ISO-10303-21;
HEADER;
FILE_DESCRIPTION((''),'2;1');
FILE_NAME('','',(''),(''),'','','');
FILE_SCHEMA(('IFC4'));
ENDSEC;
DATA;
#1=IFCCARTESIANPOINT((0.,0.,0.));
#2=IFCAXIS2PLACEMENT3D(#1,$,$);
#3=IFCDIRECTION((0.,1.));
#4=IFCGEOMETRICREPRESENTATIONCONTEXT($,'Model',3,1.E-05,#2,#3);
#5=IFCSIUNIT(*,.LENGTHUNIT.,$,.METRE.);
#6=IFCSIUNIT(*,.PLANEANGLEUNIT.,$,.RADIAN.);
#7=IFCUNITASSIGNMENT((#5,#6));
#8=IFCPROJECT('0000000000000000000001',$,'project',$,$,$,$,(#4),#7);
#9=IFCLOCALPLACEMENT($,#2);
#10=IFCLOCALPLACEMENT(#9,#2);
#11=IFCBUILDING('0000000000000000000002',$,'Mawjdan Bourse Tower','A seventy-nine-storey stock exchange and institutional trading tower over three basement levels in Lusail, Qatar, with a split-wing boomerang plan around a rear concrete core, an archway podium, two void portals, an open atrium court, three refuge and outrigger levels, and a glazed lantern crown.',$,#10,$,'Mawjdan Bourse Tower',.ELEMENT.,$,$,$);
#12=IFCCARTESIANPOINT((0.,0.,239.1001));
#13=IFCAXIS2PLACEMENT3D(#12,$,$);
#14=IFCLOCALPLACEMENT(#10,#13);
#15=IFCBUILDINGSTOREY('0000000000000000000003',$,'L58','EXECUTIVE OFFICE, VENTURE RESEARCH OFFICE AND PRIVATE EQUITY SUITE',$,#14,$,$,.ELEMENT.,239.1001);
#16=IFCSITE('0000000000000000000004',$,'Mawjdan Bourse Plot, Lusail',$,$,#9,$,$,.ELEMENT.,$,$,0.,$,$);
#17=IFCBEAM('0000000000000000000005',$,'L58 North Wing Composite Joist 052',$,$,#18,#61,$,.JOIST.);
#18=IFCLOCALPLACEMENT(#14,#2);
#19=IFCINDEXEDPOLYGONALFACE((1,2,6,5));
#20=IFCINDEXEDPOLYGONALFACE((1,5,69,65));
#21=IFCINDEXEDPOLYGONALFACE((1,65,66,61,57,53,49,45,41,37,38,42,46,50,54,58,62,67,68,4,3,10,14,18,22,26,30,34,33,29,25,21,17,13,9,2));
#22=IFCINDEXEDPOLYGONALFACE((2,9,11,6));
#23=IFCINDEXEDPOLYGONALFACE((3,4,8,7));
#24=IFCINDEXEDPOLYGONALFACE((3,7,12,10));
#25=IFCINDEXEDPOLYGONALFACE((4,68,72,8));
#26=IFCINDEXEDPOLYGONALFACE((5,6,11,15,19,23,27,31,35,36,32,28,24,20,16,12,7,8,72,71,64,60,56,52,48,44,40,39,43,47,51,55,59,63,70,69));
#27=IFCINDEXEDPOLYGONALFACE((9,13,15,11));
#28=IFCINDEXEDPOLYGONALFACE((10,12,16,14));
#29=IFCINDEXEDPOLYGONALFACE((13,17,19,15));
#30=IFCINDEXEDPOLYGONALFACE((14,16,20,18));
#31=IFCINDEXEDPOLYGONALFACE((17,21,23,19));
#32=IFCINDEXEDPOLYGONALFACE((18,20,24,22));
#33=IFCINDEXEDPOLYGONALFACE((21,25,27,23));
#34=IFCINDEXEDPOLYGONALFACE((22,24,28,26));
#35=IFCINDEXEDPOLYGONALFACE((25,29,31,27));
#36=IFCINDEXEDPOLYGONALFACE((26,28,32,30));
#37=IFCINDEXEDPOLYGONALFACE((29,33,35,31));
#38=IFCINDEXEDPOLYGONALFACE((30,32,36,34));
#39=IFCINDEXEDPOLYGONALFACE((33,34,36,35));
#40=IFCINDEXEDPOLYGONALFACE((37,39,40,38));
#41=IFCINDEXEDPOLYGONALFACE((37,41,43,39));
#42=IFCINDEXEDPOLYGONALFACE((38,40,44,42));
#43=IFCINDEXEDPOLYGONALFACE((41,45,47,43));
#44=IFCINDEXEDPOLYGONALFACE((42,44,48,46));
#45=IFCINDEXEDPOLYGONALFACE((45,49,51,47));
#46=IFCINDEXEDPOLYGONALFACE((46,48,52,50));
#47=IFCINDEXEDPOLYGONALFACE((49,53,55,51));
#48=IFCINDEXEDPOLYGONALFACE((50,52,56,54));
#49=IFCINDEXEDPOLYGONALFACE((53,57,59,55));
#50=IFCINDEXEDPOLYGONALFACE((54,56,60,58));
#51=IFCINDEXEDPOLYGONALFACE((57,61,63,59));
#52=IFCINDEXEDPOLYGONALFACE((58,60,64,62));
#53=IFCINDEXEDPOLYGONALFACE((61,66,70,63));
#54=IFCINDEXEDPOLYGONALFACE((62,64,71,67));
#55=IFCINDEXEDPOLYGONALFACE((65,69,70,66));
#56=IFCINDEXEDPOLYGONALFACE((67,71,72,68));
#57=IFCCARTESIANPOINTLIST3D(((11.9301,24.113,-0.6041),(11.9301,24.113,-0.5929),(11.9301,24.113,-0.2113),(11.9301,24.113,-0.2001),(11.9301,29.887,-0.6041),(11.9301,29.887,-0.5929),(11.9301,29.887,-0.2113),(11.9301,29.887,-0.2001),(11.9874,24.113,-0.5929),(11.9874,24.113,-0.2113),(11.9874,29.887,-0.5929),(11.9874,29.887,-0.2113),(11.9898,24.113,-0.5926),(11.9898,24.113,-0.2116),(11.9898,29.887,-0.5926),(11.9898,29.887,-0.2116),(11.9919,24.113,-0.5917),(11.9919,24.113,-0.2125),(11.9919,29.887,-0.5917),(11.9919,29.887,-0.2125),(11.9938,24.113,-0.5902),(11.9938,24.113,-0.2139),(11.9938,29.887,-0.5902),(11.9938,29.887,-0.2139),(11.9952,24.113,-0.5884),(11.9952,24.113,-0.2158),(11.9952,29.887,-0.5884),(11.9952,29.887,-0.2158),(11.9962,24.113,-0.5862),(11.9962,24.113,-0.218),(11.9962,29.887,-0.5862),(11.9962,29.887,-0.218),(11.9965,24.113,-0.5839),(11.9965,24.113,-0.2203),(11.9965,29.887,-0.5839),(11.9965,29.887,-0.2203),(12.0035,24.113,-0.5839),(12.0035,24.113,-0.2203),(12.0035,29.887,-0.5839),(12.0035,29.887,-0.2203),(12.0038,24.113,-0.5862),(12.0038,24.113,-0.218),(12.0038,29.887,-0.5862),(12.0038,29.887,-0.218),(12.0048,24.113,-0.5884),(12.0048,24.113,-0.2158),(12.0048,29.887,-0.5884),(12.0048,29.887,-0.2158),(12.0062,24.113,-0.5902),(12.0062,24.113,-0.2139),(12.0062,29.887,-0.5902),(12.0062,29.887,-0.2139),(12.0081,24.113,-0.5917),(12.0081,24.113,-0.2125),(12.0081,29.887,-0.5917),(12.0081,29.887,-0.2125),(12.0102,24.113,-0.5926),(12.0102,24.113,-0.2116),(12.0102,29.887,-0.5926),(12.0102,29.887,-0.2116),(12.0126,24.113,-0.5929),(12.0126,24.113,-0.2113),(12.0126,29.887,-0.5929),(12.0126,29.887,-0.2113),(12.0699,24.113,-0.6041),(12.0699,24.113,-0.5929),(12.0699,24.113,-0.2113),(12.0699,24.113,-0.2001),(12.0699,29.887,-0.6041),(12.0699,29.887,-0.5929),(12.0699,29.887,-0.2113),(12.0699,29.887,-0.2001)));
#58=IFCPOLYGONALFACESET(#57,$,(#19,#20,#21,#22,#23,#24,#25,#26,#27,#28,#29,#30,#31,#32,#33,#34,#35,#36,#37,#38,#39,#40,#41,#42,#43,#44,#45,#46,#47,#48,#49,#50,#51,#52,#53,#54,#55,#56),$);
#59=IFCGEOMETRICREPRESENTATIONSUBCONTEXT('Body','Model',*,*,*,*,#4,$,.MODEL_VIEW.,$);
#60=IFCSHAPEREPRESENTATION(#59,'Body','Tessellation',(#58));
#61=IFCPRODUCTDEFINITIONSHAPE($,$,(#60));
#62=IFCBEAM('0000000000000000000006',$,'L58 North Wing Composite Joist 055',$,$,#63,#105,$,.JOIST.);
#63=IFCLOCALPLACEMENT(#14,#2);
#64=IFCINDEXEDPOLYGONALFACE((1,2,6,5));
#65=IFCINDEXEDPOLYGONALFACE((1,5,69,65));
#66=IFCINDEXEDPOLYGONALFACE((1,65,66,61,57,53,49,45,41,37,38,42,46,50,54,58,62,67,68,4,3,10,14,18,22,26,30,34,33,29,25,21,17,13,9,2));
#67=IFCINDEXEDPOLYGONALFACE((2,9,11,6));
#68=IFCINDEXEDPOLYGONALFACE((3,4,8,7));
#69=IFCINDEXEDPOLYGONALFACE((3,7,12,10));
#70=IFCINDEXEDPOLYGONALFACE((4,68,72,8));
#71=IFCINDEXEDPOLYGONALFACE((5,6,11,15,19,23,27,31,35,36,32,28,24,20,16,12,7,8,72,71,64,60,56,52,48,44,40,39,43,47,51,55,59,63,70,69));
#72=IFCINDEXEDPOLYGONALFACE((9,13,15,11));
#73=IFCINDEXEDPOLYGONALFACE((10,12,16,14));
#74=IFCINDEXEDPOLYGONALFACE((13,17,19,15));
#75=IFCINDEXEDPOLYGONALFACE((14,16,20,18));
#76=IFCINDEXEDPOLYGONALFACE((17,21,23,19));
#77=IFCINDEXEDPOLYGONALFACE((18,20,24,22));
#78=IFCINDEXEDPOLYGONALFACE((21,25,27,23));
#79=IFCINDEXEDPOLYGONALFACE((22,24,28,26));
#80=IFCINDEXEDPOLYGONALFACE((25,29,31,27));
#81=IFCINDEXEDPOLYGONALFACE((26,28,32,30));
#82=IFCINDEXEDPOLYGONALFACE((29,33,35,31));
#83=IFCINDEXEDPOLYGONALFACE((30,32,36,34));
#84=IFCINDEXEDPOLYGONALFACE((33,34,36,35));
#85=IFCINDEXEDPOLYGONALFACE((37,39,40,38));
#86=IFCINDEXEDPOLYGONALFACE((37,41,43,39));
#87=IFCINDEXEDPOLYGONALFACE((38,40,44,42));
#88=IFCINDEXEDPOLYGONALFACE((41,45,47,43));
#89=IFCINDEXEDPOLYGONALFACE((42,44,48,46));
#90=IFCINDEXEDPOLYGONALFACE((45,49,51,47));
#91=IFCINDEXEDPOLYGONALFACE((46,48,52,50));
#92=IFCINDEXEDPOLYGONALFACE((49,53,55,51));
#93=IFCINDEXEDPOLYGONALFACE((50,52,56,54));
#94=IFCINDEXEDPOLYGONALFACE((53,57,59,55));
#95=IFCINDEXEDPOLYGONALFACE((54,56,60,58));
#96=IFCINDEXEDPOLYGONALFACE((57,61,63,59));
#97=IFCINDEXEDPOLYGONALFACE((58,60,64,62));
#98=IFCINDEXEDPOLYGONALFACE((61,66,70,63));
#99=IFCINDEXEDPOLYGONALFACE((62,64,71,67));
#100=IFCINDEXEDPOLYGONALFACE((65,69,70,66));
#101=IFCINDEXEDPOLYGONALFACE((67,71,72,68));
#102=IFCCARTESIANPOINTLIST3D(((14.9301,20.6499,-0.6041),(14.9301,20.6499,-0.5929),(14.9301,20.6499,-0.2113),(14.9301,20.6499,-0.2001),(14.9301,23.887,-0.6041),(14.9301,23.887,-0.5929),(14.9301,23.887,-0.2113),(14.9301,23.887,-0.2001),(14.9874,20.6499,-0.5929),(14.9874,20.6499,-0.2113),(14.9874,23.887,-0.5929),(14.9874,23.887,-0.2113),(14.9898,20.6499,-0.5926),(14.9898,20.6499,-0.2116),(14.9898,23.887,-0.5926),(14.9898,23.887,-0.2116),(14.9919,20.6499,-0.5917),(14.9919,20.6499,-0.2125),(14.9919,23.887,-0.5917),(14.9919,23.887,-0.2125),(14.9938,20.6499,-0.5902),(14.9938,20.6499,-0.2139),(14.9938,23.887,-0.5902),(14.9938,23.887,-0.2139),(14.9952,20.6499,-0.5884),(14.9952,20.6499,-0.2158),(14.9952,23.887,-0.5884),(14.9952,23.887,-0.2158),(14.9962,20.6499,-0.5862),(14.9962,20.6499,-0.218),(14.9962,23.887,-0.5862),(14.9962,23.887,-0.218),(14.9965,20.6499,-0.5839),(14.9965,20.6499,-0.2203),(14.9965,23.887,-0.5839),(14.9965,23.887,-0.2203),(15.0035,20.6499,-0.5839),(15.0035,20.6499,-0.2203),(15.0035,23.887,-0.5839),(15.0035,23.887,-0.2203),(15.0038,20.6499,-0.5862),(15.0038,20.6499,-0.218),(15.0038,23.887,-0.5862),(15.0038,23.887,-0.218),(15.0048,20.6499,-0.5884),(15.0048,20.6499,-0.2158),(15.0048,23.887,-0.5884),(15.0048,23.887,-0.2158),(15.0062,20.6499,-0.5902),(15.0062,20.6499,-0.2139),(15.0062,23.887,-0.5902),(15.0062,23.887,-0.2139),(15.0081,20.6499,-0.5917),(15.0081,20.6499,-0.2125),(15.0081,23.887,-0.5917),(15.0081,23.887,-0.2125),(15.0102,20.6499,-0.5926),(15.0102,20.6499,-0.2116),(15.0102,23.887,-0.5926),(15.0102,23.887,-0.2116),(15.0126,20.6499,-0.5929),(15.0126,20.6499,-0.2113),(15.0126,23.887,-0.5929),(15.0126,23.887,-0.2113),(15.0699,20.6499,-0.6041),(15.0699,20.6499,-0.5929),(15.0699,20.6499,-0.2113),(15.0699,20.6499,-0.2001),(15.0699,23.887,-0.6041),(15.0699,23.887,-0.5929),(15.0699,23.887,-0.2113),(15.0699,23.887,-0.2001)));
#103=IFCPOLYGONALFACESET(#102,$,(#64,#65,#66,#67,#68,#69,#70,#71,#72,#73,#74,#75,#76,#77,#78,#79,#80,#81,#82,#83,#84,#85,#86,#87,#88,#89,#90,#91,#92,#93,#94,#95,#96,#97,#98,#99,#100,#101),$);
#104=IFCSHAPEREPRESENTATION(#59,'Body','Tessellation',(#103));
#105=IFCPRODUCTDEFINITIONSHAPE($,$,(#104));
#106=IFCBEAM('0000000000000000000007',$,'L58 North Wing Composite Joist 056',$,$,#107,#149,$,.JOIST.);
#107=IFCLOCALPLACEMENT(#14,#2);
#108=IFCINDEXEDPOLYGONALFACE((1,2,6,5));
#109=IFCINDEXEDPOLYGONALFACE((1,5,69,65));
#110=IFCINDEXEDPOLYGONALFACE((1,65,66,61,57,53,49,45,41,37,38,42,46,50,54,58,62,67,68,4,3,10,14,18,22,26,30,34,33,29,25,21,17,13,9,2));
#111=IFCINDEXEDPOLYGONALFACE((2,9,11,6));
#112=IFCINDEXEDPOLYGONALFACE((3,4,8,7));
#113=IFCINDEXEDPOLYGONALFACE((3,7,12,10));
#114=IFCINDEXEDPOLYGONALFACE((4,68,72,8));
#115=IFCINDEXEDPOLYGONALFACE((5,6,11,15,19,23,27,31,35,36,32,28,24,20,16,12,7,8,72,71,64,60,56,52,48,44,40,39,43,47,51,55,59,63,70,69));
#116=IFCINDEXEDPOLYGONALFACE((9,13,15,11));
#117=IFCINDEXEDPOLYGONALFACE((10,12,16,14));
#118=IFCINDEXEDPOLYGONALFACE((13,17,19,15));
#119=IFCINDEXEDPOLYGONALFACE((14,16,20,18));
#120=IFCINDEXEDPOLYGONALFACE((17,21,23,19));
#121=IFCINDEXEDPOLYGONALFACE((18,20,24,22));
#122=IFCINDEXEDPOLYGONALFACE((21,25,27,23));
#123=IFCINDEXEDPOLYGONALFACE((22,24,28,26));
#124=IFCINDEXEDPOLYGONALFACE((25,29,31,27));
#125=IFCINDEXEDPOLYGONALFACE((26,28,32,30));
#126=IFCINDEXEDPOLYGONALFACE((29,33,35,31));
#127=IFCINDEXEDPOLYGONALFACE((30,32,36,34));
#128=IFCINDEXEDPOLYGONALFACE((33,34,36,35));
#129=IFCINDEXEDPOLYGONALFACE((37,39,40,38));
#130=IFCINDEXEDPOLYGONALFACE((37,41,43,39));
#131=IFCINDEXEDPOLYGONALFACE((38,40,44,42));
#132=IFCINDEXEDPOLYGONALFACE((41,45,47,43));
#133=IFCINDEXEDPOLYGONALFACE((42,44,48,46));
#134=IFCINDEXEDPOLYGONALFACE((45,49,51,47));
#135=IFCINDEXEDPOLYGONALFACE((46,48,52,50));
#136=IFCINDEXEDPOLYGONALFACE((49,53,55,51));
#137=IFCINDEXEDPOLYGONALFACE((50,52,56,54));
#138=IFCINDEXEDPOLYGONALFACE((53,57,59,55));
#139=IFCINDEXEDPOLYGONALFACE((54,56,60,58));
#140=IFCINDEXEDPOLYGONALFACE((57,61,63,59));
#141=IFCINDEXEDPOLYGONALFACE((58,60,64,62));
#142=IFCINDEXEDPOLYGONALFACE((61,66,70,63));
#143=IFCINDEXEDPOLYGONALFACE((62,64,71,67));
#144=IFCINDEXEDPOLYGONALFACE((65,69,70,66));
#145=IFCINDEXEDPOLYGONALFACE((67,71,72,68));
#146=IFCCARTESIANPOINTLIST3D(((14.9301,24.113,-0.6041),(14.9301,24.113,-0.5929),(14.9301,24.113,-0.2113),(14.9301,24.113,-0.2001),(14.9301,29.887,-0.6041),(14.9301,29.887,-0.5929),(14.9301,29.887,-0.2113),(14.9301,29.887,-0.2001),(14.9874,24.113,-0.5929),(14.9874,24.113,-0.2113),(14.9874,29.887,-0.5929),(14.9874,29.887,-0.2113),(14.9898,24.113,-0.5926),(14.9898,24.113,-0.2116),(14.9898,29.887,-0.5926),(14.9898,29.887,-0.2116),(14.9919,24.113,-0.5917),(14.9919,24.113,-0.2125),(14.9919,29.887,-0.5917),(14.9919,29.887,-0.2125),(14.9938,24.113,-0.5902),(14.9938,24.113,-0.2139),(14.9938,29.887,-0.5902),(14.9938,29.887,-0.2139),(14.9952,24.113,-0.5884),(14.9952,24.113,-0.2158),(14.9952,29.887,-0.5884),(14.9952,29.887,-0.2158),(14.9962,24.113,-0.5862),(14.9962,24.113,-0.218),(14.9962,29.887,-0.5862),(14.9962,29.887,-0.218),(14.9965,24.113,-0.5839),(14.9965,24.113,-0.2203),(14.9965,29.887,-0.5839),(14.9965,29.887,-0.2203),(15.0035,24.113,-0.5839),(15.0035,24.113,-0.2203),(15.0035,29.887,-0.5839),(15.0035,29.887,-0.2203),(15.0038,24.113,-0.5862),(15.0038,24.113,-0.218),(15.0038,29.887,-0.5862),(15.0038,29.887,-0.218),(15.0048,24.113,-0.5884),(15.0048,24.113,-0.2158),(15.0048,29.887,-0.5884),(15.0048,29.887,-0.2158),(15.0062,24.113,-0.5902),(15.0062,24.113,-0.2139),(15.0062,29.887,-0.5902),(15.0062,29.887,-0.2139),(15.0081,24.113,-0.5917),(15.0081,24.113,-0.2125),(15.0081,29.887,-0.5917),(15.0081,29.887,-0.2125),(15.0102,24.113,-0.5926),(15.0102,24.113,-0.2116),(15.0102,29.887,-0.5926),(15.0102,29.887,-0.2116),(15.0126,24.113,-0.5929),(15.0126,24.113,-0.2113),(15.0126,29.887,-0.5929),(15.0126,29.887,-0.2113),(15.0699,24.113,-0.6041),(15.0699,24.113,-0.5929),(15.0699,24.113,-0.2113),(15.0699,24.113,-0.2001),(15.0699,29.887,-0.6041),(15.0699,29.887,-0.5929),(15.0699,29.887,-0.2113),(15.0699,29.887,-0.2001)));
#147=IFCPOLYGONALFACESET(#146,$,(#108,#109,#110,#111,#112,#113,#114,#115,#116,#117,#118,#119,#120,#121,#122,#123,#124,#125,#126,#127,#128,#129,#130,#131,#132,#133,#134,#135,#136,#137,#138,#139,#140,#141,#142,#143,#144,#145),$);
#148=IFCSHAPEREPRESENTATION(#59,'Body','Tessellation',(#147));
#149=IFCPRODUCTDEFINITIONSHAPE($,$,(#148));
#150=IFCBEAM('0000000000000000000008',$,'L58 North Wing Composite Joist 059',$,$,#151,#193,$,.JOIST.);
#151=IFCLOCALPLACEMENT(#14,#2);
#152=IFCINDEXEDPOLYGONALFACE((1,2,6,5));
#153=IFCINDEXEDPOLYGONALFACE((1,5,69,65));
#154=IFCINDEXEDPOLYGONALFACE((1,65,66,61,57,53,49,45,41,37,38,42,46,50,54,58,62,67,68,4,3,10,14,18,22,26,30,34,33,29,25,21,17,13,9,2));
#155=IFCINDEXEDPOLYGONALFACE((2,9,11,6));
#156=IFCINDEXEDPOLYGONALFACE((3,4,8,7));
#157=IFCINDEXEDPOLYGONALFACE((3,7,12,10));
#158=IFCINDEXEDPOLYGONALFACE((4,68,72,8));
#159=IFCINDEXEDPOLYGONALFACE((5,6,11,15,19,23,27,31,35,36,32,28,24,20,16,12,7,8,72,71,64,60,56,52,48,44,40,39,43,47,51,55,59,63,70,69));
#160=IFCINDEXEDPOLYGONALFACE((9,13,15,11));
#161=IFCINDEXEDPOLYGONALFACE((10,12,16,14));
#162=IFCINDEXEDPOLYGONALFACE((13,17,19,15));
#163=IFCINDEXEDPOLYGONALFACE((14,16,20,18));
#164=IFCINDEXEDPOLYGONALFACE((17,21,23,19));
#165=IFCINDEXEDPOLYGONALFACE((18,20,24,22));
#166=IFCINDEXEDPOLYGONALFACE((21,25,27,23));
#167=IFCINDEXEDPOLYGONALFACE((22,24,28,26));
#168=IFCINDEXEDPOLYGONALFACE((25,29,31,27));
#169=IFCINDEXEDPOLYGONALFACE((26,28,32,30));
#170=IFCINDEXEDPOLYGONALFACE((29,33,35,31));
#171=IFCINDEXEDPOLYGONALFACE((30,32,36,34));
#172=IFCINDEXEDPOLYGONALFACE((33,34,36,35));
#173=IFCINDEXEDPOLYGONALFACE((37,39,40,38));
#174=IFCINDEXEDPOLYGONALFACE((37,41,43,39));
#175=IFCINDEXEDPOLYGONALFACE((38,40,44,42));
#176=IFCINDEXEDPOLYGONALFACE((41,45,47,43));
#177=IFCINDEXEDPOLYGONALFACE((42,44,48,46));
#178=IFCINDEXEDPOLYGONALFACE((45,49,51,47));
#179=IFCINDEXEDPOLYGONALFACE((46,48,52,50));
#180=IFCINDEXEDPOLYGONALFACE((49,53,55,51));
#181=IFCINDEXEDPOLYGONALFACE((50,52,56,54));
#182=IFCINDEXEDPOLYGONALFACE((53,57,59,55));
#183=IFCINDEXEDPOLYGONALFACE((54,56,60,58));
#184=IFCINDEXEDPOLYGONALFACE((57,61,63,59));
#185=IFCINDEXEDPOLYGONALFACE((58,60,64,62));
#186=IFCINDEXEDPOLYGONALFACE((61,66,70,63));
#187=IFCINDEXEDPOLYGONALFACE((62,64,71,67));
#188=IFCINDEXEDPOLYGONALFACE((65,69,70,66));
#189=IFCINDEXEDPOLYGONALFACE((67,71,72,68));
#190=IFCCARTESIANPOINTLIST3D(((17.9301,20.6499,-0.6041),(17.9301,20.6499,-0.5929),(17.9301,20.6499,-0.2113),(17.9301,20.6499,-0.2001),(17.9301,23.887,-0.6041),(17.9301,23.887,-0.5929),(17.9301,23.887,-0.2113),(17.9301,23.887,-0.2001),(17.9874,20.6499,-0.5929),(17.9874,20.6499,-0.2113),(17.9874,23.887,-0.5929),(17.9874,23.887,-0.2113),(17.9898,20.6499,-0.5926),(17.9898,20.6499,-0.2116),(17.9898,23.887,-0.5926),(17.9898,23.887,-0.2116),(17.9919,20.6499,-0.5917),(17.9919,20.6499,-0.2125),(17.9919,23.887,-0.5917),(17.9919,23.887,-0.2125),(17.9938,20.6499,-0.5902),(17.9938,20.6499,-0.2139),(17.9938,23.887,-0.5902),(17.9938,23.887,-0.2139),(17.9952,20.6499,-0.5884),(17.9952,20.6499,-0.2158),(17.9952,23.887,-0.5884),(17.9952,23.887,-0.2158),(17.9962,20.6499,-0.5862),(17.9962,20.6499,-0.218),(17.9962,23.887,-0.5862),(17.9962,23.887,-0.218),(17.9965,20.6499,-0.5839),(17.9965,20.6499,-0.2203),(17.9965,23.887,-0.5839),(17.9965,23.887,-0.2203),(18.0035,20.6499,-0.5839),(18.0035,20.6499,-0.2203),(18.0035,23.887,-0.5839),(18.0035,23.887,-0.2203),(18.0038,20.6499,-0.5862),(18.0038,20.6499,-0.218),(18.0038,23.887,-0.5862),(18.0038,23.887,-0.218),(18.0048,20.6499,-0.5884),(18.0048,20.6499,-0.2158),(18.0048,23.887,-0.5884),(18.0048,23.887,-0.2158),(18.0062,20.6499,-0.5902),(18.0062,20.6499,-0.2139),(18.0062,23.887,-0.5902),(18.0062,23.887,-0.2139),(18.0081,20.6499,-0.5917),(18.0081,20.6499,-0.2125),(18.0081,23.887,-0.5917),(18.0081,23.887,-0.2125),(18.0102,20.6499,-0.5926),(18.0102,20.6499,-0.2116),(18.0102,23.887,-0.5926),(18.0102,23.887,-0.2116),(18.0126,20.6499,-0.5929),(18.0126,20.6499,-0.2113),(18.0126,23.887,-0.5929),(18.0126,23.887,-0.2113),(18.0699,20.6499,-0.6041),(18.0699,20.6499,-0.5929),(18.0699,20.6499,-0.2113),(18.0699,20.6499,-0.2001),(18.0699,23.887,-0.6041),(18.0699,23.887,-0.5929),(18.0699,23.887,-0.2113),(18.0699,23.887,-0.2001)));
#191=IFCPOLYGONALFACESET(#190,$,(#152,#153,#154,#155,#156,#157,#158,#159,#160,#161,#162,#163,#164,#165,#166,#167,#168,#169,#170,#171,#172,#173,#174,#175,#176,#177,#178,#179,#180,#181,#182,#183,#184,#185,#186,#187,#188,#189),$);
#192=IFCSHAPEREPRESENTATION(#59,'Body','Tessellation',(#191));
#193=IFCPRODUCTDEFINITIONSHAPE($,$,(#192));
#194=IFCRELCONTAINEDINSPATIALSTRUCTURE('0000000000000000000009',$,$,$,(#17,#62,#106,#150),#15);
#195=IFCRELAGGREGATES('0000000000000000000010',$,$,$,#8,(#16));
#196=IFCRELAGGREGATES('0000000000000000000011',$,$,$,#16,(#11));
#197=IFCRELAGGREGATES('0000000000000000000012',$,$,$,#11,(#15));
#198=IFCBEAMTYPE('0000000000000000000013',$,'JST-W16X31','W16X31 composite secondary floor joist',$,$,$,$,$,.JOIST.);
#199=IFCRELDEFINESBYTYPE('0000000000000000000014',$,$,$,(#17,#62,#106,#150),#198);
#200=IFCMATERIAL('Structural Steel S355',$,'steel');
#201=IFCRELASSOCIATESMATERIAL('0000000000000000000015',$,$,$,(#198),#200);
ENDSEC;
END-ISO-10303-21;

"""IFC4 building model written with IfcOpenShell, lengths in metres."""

from ifc_helpers import new_model, si_unit, direction, frame, origin, origin_2d, place, context, subcontext, project, spatial, i_section, extrude, material, material_profile, profile_set, type_object, element, save


model = new_model("IFC4")

# Units and contexts
model_context = context("Model", 3, precision=1e-05, world=origin(), true_north=direction((0.0, 1.0)))
body_context = subcontext(model_context, "Body", "Model", "MODEL_VIEW")
ifc_project = project(units=[si_unit("LENGTHUNIT", "METRE"), si_unit("PLANEANGLEUNIT", "RADIAN")], contexts=[model_context])

# Site, building, storey
site_placement = place(None, origin())
site = spatial("IfcSite", under=ifc_project, at=site_placement, Name="Mawjdan Bourse Plot, Lusail", CompositionType="ELEMENT", RefElevation=0.0)
building_placement = place(site_placement, origin())
building = spatial("IfcBuilding", under=site, at=building_placement, Name="Mawjdan Bourse Tower", Description="A seventy-nine-storey stock exchange and institutional trading tower over three basement levels in Lusail, Qatar, with a split-wing boomerang plan around a rear concrete core, an archway podium, two void portals, an open atrium court, three refuge and outrigger levels, and a glazed lantern crown.", LongName="Mawjdan Bourse Tower", CompositionType="ELEMENT")
storey_placement = place(building_placement, frame((0.0, 0.0, 239.1001)))
storey = spatial("IfcBuildingStorey", under=building, at=storey_placement, Name="L58", Description="EXECUTIVE OFFICE, VENTURE RESEARCH OFFICE AND PRIVATE EQUITY SUITE", CompositionType="ELEMENT", Elevation=239.1001)

# Beams
ifc_material_1 = material(Name="Structural Steel S355", Category="steel")
ifc_material_profile_1 = material_profile(ifc_material_1, i_section(OverallWidth=0.1399, OverallDepth=0.4041, WebThickness=0.0071, FlangeThickness=0.0112, FilletRadius=0.009, at=origin_2d()), Name="W16X31")
ifc_profile_set_1 = profile_set([ifc_material_profile_1], Name="Structural Steel S355")
beam_type_1 = type_object("IfcBeamType", Name="JST-W16X31", Description="W16X31 composite secondary floor joist", PredefinedType="JOIST", material=ifc_profile_set_1)
beam_1_placement = place(storey_placement, frame((12.0, 24.113, -0.4021), z_axis=(0.0, 1.0, 0.0), x_axis=(-1.0, 0.0, 0.0)))
element("IfcBeam", 1, at=beam_1_placement, inside=storey, type_object=beam_type_1, Name="L58 North Wing Composite Joist 052", PredefinedType="JOIST", context=body_context, shape_type="SweptSolid", body=[
    extrude(i_section(OverallWidth=0.1399, OverallDepth=0.4041, WebThickness=0.0071, FlangeThickness=0.0112, FilletRadius=0.009, at=origin_2d()), origin(), (0.0, 0.0, 1.0), 5.7739),
])
beam_2_placement = place(storey_placement, frame((15.0, 20.6499, -0.4021), z_axis=(0.0, 1.0, 0.0), x_axis=(-1.0, 0.0, 0.0)))
element("IfcBeam", 2, at=beam_2_placement, inside=storey, type_object=beam_type_1, Name="L58 North Wing Composite Joist 055", PredefinedType="JOIST", context=body_context, shape_type="SweptSolid", body=[
    extrude(i_section(OverallWidth=0.1399, OverallDepth=0.4041, WebThickness=0.0071, FlangeThickness=0.0112, FilletRadius=0.009, at=origin_2d()), origin(), (0.0, 0.0, 1.0), 3.2371),
])
beam_3_placement = place(storey_placement, frame((15.0, 24.113, -0.4021), z_axis=(0.0, 1.0, 0.0), x_axis=(-1.0, 0.0, 0.0)))
element("IfcBeam", 3, at=beam_3_placement, inside=storey, type_object=beam_type_1, Name="L58 North Wing Composite Joist 056", PredefinedType="JOIST", context=body_context, shape_type="SweptSolid", body=[
    extrude(i_section(OverallWidth=0.1399, OverallDepth=0.4041, WebThickness=0.0071, FlangeThickness=0.0112, FilletRadius=0.009, at=origin_2d()), origin(), (0.0, 0.0, 1.0), 5.7739),
])
beam_4_placement = place(storey_placement, frame((18.0, 20.6499, -0.4021), z_axis=(0.0, 1.0, 0.0), x_axis=(-1.0, 0.0, 0.0)))
element("IfcBeam", 4, at=beam_4_placement, inside=storey, type_object=beam_type_1, Name="L58 North Wing Composite Joist 059", PredefinedType="JOIST", context=body_context, shape_type="SweptSolid", body=[
    extrude(i_section(OverallWidth=0.1399, OverallDepth=0.4041, WebThickness=0.0071, FlangeThickness=0.0112, FilletRadius=0.009, at=origin_2d()), origin(), (0.0, 0.0, 1.0), 3.2371),
])

save(model, "model.ifc")
